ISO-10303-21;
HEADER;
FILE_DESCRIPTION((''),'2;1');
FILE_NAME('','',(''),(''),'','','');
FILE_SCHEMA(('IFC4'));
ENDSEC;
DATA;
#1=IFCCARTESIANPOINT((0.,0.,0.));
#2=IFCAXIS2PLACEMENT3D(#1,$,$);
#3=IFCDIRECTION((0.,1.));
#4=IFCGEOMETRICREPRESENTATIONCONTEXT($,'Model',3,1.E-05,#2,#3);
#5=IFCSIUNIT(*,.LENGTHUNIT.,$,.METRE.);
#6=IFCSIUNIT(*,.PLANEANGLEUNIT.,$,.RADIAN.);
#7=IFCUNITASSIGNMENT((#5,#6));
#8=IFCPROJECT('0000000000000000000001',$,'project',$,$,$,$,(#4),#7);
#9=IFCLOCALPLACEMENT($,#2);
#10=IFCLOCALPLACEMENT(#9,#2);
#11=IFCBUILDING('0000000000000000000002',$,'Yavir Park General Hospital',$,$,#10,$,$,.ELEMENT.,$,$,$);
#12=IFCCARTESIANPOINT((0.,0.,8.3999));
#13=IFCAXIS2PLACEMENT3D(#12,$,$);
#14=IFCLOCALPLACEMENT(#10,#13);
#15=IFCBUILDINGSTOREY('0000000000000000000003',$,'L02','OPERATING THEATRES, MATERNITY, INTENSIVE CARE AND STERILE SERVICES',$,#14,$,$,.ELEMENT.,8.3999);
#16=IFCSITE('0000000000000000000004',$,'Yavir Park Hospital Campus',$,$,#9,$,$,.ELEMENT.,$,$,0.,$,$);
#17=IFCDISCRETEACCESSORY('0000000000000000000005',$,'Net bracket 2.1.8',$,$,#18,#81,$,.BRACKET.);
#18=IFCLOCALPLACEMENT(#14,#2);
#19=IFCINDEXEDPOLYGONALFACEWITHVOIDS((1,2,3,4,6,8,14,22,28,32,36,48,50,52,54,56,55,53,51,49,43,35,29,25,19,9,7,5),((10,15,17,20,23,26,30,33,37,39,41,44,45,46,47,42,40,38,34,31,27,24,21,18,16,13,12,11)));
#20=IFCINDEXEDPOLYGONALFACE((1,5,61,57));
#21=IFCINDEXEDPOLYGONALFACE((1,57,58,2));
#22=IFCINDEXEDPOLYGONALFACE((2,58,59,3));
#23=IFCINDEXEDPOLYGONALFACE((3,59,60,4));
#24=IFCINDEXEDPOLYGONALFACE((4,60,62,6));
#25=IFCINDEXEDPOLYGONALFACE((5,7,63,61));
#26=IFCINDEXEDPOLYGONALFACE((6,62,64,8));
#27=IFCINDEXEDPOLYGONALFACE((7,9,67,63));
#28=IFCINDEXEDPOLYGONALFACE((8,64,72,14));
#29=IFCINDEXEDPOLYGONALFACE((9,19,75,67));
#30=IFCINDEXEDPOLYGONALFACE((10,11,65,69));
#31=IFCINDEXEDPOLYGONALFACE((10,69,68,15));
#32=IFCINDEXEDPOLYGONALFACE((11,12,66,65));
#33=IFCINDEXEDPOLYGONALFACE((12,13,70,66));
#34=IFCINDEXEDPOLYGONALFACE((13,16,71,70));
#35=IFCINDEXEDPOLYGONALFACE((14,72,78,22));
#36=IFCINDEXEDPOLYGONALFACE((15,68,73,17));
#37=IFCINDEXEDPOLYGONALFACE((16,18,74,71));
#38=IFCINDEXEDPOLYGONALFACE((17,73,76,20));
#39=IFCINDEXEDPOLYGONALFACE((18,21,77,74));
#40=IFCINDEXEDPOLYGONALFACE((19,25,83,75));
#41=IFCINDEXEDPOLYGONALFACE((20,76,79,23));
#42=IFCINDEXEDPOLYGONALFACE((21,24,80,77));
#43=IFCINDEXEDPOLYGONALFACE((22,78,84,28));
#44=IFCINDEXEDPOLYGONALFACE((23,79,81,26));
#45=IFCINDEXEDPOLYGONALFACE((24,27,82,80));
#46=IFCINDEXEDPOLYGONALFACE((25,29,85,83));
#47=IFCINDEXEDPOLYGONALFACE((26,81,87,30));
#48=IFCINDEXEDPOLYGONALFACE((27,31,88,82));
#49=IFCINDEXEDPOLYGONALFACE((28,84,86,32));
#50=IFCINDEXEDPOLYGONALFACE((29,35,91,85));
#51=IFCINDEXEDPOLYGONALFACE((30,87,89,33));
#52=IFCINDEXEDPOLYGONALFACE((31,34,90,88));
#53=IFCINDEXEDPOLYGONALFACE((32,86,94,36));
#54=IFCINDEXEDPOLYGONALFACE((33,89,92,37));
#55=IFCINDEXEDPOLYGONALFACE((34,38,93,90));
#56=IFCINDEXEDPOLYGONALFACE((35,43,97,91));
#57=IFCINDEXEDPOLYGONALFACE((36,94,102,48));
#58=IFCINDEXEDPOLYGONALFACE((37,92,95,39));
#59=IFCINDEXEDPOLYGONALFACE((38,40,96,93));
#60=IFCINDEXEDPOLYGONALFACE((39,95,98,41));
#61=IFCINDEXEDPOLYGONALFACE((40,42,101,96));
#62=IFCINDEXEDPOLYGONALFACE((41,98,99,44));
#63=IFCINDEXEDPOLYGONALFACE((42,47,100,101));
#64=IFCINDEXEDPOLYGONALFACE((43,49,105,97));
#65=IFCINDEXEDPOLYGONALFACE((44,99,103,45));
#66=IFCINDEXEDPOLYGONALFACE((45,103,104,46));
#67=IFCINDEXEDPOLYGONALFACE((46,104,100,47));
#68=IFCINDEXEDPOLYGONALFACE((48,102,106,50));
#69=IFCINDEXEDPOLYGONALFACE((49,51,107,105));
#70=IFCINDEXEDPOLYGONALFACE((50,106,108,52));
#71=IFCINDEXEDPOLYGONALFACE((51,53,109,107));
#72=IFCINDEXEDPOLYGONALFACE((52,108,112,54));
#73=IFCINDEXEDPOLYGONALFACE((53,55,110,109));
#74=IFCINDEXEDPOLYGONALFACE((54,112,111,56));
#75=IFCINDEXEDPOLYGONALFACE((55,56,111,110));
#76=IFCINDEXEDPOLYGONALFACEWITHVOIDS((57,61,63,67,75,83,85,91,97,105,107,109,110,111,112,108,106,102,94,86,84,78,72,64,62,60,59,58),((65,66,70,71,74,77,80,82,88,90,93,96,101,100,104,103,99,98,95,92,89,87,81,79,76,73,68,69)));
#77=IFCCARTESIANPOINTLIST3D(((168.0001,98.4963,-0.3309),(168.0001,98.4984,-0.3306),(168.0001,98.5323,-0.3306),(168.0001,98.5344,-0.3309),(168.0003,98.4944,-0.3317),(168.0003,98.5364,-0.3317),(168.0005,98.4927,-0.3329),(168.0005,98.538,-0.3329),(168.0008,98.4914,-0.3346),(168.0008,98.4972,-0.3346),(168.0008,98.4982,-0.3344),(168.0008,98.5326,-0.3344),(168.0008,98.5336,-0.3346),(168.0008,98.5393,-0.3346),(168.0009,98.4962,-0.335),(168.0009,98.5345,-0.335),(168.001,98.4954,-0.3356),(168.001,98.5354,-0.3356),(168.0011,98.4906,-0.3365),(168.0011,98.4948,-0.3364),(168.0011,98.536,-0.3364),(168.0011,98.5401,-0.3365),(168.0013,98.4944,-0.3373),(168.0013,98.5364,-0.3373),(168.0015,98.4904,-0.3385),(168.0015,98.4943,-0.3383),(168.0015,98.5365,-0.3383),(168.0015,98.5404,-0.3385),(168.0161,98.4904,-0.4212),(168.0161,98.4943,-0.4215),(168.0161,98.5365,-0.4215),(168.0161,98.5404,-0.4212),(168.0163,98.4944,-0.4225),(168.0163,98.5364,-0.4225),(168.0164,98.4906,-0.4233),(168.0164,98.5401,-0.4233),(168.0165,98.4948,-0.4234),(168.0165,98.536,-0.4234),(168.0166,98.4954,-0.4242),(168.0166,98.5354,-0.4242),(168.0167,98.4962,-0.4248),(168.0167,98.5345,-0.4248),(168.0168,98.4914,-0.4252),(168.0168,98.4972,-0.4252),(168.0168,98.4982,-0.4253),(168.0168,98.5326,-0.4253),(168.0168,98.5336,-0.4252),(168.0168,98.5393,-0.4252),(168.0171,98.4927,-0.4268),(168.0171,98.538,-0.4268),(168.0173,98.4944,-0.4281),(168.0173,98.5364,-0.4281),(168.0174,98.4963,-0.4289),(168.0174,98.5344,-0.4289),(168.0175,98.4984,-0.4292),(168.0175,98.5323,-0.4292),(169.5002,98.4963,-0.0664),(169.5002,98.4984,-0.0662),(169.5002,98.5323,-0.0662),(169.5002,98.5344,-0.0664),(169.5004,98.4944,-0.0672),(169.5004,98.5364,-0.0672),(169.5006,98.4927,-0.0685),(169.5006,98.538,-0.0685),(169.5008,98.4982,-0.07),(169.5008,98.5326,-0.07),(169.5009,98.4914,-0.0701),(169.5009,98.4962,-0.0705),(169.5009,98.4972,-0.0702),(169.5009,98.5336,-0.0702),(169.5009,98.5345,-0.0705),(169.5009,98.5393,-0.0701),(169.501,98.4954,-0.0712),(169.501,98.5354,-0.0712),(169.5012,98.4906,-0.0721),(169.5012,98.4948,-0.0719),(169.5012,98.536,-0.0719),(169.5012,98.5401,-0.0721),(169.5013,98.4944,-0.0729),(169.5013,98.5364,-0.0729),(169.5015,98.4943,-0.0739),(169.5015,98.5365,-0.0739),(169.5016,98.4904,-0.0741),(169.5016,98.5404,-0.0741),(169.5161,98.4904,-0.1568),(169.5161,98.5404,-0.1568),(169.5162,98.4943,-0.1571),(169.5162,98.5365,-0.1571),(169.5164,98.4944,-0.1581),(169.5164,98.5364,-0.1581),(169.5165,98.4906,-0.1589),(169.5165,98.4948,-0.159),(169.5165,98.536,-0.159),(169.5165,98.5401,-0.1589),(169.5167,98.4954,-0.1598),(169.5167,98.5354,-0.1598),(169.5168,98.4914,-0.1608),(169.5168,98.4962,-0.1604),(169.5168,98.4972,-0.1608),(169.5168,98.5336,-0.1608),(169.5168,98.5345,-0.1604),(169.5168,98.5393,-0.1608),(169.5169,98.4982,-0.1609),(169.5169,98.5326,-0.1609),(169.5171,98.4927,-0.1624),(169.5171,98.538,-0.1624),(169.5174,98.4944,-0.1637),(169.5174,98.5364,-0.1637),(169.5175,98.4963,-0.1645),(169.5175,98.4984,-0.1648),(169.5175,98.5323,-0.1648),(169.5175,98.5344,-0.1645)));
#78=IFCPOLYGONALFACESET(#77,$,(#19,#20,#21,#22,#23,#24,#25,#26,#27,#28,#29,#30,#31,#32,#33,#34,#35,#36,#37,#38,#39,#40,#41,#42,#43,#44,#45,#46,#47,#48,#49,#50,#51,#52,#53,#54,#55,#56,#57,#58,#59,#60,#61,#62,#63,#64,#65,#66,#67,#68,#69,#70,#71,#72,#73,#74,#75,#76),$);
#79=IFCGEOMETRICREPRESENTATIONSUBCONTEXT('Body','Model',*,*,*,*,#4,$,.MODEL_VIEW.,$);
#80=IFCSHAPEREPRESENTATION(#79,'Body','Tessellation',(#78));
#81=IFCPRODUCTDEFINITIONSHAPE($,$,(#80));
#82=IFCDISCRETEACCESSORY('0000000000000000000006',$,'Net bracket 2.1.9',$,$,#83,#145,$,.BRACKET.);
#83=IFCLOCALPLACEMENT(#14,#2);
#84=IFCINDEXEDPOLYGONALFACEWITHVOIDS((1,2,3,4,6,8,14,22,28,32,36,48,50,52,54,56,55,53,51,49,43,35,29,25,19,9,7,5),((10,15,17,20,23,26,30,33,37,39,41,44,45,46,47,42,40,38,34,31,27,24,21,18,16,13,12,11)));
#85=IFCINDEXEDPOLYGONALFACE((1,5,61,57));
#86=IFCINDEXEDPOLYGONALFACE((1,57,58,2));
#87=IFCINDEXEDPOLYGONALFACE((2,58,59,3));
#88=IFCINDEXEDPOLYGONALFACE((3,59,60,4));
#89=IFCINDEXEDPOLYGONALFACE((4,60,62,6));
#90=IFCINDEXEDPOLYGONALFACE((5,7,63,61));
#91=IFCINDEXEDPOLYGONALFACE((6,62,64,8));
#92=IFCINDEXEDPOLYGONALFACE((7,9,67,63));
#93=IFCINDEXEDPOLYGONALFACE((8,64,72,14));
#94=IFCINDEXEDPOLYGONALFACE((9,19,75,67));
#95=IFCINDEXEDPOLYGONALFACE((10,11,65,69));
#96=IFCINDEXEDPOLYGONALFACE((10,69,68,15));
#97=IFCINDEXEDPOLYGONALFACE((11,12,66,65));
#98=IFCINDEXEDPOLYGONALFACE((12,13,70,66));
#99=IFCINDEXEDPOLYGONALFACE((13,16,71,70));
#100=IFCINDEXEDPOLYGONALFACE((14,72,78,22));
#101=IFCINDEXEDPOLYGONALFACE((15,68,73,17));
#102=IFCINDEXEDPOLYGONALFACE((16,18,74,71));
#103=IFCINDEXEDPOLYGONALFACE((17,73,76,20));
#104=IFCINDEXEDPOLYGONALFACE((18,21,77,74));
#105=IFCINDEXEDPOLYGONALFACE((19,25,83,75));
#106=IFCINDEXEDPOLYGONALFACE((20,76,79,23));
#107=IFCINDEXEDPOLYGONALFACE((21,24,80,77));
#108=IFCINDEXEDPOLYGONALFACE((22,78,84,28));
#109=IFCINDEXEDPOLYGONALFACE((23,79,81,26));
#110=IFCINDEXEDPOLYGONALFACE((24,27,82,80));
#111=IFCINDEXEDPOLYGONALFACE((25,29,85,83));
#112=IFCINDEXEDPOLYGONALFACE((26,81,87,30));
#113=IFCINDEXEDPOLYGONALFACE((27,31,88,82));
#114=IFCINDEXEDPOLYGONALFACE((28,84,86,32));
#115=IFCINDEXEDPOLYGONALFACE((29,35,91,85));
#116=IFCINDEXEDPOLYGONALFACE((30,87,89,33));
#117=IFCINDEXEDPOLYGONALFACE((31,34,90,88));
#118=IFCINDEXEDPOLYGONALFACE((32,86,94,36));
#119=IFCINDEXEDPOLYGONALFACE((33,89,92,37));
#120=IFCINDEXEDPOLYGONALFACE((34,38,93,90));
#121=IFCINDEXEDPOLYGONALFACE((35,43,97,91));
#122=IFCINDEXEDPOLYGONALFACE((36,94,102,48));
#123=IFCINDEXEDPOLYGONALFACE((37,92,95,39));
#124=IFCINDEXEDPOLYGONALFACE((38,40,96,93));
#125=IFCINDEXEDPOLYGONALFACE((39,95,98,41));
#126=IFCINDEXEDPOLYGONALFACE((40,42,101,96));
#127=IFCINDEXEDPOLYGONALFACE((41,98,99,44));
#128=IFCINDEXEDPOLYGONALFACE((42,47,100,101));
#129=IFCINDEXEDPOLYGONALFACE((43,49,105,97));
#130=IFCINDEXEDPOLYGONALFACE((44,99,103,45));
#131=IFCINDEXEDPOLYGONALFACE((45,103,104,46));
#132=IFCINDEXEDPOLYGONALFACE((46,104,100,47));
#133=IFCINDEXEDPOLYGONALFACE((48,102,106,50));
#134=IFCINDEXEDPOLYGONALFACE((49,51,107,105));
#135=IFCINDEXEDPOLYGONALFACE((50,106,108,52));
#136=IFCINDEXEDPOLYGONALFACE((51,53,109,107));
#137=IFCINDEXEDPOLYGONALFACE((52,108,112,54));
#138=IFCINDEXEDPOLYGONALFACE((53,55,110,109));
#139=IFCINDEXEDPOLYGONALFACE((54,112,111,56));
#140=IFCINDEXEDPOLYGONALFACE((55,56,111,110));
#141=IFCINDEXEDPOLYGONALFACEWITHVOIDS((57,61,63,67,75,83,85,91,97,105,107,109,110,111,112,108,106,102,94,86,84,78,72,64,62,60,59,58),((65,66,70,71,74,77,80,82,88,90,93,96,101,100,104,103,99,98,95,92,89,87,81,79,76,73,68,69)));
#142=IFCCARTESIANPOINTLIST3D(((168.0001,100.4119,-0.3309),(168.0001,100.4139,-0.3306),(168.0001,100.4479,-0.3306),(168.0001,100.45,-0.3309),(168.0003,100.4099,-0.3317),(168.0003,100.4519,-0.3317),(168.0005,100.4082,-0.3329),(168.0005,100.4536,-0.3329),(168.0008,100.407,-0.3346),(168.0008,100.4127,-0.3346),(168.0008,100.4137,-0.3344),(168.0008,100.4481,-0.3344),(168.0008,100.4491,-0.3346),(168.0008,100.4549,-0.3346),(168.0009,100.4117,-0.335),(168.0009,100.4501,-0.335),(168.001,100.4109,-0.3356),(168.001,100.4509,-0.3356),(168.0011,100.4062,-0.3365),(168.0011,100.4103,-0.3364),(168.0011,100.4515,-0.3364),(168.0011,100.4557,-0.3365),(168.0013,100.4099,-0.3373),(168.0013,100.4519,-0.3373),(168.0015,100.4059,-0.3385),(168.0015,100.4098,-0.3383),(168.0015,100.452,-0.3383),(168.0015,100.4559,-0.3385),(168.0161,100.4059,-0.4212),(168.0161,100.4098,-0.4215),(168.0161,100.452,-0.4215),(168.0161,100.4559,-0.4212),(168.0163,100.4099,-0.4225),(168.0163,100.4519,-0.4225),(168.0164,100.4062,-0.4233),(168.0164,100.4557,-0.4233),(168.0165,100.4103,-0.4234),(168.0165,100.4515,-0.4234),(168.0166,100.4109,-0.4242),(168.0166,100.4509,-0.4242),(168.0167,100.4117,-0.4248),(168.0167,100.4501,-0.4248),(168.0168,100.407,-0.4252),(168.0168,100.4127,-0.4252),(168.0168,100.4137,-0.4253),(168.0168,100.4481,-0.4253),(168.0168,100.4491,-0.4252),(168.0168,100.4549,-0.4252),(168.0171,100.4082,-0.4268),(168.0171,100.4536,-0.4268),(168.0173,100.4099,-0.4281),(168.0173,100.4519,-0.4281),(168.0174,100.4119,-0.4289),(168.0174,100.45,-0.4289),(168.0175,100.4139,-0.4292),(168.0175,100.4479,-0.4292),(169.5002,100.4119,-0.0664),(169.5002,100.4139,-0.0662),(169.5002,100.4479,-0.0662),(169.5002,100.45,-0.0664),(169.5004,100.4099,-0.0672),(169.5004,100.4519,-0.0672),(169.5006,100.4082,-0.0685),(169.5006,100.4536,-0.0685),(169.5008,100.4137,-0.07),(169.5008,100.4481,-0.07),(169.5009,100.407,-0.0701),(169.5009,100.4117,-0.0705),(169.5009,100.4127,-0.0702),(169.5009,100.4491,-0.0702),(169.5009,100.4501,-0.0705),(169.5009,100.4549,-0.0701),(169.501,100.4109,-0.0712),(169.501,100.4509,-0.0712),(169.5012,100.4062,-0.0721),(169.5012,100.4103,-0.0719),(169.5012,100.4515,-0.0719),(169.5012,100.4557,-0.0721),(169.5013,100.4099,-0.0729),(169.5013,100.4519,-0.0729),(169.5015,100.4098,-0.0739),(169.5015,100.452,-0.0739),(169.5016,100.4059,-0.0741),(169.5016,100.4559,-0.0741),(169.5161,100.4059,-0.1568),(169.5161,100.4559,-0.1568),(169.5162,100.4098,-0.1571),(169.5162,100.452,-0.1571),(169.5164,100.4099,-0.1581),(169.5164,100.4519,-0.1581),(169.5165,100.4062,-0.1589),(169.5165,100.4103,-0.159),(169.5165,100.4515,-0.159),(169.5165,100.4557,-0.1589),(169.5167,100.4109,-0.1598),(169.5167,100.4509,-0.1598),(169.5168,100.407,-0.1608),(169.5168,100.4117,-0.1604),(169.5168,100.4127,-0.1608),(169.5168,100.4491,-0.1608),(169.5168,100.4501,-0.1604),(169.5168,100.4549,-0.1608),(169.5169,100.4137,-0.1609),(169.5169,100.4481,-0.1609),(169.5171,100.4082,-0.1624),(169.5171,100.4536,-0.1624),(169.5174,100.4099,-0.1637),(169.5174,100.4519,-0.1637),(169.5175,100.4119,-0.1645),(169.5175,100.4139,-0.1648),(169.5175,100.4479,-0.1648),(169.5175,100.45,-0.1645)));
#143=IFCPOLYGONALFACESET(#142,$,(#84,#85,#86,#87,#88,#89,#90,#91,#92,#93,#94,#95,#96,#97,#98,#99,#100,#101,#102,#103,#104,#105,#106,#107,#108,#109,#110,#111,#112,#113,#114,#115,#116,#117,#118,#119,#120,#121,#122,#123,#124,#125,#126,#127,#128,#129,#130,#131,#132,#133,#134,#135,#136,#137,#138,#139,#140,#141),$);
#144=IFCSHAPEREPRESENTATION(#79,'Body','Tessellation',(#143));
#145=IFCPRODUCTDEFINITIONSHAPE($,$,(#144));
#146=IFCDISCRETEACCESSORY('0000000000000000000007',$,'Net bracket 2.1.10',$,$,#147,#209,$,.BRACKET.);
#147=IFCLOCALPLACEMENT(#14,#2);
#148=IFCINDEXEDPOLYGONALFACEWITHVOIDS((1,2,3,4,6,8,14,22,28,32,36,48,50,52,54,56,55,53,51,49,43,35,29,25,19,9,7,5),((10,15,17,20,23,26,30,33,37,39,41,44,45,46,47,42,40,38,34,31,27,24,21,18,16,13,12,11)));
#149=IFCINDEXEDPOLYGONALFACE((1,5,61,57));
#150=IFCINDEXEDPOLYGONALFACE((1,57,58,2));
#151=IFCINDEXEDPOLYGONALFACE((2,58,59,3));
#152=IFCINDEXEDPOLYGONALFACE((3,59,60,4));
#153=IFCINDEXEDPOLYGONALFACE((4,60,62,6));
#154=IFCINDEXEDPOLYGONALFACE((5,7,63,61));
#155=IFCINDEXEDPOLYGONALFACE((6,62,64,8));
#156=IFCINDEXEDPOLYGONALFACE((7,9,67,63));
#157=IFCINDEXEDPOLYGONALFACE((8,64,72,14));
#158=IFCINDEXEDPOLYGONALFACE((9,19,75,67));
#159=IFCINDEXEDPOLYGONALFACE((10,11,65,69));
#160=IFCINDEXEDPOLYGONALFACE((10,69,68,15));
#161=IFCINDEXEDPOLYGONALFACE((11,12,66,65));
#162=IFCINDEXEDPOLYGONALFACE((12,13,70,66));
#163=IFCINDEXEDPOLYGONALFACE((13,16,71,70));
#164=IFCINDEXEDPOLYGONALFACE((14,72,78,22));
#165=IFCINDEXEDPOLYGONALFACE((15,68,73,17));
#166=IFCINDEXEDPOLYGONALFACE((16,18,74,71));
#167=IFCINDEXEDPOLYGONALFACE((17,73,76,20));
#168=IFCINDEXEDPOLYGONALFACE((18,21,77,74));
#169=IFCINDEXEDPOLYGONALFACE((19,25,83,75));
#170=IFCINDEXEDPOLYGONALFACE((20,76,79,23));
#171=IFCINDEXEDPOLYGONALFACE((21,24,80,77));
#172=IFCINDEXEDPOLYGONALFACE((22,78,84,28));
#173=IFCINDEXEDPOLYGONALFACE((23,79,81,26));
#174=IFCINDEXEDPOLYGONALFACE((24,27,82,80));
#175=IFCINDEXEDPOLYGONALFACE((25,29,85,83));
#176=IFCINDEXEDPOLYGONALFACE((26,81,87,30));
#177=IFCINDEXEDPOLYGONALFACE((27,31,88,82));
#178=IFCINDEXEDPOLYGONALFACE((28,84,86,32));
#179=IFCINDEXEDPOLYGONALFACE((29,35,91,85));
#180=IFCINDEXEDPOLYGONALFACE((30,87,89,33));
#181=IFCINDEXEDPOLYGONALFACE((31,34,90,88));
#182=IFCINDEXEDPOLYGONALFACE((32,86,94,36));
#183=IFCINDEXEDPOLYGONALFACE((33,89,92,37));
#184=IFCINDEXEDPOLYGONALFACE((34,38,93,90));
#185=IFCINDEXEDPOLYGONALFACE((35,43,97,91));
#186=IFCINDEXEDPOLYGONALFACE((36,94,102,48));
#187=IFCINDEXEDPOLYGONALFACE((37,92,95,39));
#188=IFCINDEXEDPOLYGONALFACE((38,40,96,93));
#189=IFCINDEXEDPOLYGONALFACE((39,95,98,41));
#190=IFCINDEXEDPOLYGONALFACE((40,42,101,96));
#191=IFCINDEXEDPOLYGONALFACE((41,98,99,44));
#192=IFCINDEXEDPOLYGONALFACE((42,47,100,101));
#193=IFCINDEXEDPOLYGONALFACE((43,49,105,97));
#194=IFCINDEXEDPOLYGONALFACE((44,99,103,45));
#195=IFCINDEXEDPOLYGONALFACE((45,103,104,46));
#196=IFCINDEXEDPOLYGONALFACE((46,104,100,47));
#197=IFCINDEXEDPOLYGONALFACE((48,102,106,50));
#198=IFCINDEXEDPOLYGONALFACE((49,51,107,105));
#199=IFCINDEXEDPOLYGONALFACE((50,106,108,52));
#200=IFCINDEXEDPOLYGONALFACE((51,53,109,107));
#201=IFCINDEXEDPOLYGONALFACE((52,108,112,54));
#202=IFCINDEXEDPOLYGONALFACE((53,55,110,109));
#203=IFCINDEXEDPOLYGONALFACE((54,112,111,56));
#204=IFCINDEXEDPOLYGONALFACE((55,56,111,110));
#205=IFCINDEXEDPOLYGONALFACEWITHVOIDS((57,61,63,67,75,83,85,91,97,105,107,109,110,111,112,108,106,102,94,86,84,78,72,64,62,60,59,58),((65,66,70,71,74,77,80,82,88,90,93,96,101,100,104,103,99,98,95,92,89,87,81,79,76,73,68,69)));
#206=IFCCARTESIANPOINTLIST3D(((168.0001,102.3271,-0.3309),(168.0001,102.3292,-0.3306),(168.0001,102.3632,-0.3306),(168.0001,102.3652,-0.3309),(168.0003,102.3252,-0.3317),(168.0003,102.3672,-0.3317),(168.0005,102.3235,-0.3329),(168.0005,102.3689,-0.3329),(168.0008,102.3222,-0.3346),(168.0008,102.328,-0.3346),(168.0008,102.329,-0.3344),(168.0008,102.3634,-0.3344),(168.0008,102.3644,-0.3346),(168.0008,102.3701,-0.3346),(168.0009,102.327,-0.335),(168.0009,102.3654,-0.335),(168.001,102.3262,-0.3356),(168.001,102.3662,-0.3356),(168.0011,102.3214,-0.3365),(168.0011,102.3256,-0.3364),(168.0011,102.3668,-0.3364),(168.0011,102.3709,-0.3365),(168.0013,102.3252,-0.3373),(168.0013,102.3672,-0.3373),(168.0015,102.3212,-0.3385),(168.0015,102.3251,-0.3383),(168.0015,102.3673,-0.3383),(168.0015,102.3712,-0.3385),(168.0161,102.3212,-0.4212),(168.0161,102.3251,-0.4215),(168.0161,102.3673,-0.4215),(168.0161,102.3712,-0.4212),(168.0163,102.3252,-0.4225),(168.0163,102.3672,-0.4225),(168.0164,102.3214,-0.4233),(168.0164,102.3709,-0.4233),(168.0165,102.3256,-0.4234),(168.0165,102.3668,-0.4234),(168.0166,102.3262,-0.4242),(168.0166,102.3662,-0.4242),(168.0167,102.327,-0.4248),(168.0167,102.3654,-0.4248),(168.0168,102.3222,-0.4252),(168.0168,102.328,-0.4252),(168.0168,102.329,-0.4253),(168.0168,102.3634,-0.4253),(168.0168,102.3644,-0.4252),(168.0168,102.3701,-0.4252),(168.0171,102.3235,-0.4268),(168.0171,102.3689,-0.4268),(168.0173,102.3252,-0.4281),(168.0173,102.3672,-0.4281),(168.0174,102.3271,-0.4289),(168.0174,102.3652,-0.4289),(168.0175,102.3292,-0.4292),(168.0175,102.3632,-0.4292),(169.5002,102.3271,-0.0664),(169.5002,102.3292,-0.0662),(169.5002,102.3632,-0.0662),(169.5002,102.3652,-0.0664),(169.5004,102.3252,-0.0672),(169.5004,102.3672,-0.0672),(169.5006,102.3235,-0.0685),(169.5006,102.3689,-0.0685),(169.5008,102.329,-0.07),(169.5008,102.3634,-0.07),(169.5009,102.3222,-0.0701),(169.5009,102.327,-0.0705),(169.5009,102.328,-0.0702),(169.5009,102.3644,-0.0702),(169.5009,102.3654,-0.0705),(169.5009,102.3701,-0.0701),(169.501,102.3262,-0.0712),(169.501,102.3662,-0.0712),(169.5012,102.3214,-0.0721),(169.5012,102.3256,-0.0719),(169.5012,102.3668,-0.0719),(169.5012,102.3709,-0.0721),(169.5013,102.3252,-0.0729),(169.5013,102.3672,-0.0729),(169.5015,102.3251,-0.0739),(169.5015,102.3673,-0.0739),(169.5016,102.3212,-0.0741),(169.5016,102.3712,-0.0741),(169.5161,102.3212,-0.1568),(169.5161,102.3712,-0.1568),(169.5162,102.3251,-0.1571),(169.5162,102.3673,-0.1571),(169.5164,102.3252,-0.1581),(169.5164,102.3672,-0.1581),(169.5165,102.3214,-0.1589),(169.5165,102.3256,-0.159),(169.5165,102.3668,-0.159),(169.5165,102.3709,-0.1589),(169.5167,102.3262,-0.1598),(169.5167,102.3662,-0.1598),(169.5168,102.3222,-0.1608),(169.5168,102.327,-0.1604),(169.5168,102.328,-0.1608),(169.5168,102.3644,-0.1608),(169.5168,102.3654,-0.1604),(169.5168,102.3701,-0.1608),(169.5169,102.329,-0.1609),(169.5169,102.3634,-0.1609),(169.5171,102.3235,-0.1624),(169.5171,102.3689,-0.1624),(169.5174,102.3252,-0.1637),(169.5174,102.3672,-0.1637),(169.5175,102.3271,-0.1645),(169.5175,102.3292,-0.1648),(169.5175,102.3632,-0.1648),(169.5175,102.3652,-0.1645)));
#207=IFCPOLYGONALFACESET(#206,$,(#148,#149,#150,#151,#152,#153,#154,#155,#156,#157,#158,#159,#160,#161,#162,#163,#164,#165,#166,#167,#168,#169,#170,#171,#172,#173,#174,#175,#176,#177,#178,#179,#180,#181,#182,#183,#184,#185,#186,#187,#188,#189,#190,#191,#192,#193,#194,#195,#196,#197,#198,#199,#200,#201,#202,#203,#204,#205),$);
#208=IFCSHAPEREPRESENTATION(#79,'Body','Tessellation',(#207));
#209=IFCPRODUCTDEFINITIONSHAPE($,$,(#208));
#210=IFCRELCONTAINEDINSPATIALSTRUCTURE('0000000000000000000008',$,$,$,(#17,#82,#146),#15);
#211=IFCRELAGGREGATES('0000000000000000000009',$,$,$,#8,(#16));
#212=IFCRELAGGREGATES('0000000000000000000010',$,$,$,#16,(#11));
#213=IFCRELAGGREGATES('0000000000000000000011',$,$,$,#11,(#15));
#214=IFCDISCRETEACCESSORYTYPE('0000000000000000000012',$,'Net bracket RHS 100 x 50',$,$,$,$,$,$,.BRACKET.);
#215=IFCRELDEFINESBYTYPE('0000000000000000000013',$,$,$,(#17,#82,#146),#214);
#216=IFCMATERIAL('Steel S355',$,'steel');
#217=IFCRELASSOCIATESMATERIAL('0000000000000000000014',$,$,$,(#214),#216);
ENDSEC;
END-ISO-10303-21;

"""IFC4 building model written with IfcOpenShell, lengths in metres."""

from ifc_helpers import new_model, si_unit, direction, frame, origin, origin_2d, place, context, subcontext, project, spatial, hollow_rectangle, extrude, material, material_profile, profile_set, type_object, element, save


model = new_model("IFC4")

# Units and contexts
model_context = context("Model", 3, precision=1e-05, world=origin(), true_north=direction((0.0, 1.0)))
body_context = subcontext(model_context, "Body", "Model", "MODEL_VIEW")
ifc_project = project(units=[si_unit("LENGTHUNIT", "METRE"), si_unit("PLANEANGLEUNIT", "RADIAN")], contexts=[model_context])

# Site, building, storey
site_placement = place(None, origin())
site = spatial("IfcSite", under=ifc_project, at=site_placement, Name="Yavir Park Hospital Campus", CompositionType="ELEMENT", RefElevation=0.0)
building_placement = place(site_placement, origin())
building = spatial("IfcBuilding", under=site, at=building_placement, Name="Yavir Park General Hospital", CompositionType="ELEMENT")
storey_placement = place(building_placement, frame((0.0, 0.0, 8.3999)))
storey = spatial("IfcBuildingStorey", under=building, at=storey_placement, Name="L02", Description="OPERATING THEATRES, MATERNITY, INTENSIVE CARE AND STERILE SERVICES", CompositionType="ELEMENT", Elevation=8.3999)

# Discrete accessories
ifc_material_1 = material(Name="Steel S355", Category="steel")
ifc_material_profile = material_profile(ifc_material_1, hollow_rectangle(XDim=0.05, YDim=0.1001, WallThickness=0.0039, InnerFilletRadius=0.0039, OuterFilletRadius=0.0081, at=origin_2d()), Name="RHS100x50x4")
ifc_profile_set = profile_set([ifc_material_profile], Name="Steel S355")
discrete_accessory_type_1 = type_object("IfcDiscreteAccessoryType", Name="Net bracket RHS 100 x 50", PredefinedType="BRACKET", material=ifc_profile_set)
for number, where, z_axis, x_axis, name in (
    (1, (168.0088, 98.5154, -0.3799), (0.984817, 0.0, 0.173593), (0.0, 1.0, 0.0), "Net bracket 2.1.8"),
    (2, (168.0088, 100.4309, -0.3799), (0.984817, 0.0, 0.173593), (0.0, 1.0, 0.0), "Net bracket 2.1.9"),
    (3, (168.0088, 102.3462, -0.3799), (0.984817, 0.0, 0.173593), (0.0, 1.0, 0.0), "Net bracket 2.1.10"),
):
    element("IfcDiscreteAccessory", number, at=place(storey_placement, frame(where, z_axis=z_axis, x_axis=x_axis)), inside=storey, type_object=discrete_accessory_type_1, Name=name, PredefinedType="BRACKET", context=body_context, shape_type="SweptSolid", body=[
        extrude(hollow_rectangle(XDim=0.05, YDim=0.1001, WallThickness=0.0039, InnerFilletRadius=0.0039, OuterFilletRadius=0.0081, at=origin_2d()), origin(), (0.0, 0.0, 1.0), 1.5232),
    ])

save(model, "model.ifc")
